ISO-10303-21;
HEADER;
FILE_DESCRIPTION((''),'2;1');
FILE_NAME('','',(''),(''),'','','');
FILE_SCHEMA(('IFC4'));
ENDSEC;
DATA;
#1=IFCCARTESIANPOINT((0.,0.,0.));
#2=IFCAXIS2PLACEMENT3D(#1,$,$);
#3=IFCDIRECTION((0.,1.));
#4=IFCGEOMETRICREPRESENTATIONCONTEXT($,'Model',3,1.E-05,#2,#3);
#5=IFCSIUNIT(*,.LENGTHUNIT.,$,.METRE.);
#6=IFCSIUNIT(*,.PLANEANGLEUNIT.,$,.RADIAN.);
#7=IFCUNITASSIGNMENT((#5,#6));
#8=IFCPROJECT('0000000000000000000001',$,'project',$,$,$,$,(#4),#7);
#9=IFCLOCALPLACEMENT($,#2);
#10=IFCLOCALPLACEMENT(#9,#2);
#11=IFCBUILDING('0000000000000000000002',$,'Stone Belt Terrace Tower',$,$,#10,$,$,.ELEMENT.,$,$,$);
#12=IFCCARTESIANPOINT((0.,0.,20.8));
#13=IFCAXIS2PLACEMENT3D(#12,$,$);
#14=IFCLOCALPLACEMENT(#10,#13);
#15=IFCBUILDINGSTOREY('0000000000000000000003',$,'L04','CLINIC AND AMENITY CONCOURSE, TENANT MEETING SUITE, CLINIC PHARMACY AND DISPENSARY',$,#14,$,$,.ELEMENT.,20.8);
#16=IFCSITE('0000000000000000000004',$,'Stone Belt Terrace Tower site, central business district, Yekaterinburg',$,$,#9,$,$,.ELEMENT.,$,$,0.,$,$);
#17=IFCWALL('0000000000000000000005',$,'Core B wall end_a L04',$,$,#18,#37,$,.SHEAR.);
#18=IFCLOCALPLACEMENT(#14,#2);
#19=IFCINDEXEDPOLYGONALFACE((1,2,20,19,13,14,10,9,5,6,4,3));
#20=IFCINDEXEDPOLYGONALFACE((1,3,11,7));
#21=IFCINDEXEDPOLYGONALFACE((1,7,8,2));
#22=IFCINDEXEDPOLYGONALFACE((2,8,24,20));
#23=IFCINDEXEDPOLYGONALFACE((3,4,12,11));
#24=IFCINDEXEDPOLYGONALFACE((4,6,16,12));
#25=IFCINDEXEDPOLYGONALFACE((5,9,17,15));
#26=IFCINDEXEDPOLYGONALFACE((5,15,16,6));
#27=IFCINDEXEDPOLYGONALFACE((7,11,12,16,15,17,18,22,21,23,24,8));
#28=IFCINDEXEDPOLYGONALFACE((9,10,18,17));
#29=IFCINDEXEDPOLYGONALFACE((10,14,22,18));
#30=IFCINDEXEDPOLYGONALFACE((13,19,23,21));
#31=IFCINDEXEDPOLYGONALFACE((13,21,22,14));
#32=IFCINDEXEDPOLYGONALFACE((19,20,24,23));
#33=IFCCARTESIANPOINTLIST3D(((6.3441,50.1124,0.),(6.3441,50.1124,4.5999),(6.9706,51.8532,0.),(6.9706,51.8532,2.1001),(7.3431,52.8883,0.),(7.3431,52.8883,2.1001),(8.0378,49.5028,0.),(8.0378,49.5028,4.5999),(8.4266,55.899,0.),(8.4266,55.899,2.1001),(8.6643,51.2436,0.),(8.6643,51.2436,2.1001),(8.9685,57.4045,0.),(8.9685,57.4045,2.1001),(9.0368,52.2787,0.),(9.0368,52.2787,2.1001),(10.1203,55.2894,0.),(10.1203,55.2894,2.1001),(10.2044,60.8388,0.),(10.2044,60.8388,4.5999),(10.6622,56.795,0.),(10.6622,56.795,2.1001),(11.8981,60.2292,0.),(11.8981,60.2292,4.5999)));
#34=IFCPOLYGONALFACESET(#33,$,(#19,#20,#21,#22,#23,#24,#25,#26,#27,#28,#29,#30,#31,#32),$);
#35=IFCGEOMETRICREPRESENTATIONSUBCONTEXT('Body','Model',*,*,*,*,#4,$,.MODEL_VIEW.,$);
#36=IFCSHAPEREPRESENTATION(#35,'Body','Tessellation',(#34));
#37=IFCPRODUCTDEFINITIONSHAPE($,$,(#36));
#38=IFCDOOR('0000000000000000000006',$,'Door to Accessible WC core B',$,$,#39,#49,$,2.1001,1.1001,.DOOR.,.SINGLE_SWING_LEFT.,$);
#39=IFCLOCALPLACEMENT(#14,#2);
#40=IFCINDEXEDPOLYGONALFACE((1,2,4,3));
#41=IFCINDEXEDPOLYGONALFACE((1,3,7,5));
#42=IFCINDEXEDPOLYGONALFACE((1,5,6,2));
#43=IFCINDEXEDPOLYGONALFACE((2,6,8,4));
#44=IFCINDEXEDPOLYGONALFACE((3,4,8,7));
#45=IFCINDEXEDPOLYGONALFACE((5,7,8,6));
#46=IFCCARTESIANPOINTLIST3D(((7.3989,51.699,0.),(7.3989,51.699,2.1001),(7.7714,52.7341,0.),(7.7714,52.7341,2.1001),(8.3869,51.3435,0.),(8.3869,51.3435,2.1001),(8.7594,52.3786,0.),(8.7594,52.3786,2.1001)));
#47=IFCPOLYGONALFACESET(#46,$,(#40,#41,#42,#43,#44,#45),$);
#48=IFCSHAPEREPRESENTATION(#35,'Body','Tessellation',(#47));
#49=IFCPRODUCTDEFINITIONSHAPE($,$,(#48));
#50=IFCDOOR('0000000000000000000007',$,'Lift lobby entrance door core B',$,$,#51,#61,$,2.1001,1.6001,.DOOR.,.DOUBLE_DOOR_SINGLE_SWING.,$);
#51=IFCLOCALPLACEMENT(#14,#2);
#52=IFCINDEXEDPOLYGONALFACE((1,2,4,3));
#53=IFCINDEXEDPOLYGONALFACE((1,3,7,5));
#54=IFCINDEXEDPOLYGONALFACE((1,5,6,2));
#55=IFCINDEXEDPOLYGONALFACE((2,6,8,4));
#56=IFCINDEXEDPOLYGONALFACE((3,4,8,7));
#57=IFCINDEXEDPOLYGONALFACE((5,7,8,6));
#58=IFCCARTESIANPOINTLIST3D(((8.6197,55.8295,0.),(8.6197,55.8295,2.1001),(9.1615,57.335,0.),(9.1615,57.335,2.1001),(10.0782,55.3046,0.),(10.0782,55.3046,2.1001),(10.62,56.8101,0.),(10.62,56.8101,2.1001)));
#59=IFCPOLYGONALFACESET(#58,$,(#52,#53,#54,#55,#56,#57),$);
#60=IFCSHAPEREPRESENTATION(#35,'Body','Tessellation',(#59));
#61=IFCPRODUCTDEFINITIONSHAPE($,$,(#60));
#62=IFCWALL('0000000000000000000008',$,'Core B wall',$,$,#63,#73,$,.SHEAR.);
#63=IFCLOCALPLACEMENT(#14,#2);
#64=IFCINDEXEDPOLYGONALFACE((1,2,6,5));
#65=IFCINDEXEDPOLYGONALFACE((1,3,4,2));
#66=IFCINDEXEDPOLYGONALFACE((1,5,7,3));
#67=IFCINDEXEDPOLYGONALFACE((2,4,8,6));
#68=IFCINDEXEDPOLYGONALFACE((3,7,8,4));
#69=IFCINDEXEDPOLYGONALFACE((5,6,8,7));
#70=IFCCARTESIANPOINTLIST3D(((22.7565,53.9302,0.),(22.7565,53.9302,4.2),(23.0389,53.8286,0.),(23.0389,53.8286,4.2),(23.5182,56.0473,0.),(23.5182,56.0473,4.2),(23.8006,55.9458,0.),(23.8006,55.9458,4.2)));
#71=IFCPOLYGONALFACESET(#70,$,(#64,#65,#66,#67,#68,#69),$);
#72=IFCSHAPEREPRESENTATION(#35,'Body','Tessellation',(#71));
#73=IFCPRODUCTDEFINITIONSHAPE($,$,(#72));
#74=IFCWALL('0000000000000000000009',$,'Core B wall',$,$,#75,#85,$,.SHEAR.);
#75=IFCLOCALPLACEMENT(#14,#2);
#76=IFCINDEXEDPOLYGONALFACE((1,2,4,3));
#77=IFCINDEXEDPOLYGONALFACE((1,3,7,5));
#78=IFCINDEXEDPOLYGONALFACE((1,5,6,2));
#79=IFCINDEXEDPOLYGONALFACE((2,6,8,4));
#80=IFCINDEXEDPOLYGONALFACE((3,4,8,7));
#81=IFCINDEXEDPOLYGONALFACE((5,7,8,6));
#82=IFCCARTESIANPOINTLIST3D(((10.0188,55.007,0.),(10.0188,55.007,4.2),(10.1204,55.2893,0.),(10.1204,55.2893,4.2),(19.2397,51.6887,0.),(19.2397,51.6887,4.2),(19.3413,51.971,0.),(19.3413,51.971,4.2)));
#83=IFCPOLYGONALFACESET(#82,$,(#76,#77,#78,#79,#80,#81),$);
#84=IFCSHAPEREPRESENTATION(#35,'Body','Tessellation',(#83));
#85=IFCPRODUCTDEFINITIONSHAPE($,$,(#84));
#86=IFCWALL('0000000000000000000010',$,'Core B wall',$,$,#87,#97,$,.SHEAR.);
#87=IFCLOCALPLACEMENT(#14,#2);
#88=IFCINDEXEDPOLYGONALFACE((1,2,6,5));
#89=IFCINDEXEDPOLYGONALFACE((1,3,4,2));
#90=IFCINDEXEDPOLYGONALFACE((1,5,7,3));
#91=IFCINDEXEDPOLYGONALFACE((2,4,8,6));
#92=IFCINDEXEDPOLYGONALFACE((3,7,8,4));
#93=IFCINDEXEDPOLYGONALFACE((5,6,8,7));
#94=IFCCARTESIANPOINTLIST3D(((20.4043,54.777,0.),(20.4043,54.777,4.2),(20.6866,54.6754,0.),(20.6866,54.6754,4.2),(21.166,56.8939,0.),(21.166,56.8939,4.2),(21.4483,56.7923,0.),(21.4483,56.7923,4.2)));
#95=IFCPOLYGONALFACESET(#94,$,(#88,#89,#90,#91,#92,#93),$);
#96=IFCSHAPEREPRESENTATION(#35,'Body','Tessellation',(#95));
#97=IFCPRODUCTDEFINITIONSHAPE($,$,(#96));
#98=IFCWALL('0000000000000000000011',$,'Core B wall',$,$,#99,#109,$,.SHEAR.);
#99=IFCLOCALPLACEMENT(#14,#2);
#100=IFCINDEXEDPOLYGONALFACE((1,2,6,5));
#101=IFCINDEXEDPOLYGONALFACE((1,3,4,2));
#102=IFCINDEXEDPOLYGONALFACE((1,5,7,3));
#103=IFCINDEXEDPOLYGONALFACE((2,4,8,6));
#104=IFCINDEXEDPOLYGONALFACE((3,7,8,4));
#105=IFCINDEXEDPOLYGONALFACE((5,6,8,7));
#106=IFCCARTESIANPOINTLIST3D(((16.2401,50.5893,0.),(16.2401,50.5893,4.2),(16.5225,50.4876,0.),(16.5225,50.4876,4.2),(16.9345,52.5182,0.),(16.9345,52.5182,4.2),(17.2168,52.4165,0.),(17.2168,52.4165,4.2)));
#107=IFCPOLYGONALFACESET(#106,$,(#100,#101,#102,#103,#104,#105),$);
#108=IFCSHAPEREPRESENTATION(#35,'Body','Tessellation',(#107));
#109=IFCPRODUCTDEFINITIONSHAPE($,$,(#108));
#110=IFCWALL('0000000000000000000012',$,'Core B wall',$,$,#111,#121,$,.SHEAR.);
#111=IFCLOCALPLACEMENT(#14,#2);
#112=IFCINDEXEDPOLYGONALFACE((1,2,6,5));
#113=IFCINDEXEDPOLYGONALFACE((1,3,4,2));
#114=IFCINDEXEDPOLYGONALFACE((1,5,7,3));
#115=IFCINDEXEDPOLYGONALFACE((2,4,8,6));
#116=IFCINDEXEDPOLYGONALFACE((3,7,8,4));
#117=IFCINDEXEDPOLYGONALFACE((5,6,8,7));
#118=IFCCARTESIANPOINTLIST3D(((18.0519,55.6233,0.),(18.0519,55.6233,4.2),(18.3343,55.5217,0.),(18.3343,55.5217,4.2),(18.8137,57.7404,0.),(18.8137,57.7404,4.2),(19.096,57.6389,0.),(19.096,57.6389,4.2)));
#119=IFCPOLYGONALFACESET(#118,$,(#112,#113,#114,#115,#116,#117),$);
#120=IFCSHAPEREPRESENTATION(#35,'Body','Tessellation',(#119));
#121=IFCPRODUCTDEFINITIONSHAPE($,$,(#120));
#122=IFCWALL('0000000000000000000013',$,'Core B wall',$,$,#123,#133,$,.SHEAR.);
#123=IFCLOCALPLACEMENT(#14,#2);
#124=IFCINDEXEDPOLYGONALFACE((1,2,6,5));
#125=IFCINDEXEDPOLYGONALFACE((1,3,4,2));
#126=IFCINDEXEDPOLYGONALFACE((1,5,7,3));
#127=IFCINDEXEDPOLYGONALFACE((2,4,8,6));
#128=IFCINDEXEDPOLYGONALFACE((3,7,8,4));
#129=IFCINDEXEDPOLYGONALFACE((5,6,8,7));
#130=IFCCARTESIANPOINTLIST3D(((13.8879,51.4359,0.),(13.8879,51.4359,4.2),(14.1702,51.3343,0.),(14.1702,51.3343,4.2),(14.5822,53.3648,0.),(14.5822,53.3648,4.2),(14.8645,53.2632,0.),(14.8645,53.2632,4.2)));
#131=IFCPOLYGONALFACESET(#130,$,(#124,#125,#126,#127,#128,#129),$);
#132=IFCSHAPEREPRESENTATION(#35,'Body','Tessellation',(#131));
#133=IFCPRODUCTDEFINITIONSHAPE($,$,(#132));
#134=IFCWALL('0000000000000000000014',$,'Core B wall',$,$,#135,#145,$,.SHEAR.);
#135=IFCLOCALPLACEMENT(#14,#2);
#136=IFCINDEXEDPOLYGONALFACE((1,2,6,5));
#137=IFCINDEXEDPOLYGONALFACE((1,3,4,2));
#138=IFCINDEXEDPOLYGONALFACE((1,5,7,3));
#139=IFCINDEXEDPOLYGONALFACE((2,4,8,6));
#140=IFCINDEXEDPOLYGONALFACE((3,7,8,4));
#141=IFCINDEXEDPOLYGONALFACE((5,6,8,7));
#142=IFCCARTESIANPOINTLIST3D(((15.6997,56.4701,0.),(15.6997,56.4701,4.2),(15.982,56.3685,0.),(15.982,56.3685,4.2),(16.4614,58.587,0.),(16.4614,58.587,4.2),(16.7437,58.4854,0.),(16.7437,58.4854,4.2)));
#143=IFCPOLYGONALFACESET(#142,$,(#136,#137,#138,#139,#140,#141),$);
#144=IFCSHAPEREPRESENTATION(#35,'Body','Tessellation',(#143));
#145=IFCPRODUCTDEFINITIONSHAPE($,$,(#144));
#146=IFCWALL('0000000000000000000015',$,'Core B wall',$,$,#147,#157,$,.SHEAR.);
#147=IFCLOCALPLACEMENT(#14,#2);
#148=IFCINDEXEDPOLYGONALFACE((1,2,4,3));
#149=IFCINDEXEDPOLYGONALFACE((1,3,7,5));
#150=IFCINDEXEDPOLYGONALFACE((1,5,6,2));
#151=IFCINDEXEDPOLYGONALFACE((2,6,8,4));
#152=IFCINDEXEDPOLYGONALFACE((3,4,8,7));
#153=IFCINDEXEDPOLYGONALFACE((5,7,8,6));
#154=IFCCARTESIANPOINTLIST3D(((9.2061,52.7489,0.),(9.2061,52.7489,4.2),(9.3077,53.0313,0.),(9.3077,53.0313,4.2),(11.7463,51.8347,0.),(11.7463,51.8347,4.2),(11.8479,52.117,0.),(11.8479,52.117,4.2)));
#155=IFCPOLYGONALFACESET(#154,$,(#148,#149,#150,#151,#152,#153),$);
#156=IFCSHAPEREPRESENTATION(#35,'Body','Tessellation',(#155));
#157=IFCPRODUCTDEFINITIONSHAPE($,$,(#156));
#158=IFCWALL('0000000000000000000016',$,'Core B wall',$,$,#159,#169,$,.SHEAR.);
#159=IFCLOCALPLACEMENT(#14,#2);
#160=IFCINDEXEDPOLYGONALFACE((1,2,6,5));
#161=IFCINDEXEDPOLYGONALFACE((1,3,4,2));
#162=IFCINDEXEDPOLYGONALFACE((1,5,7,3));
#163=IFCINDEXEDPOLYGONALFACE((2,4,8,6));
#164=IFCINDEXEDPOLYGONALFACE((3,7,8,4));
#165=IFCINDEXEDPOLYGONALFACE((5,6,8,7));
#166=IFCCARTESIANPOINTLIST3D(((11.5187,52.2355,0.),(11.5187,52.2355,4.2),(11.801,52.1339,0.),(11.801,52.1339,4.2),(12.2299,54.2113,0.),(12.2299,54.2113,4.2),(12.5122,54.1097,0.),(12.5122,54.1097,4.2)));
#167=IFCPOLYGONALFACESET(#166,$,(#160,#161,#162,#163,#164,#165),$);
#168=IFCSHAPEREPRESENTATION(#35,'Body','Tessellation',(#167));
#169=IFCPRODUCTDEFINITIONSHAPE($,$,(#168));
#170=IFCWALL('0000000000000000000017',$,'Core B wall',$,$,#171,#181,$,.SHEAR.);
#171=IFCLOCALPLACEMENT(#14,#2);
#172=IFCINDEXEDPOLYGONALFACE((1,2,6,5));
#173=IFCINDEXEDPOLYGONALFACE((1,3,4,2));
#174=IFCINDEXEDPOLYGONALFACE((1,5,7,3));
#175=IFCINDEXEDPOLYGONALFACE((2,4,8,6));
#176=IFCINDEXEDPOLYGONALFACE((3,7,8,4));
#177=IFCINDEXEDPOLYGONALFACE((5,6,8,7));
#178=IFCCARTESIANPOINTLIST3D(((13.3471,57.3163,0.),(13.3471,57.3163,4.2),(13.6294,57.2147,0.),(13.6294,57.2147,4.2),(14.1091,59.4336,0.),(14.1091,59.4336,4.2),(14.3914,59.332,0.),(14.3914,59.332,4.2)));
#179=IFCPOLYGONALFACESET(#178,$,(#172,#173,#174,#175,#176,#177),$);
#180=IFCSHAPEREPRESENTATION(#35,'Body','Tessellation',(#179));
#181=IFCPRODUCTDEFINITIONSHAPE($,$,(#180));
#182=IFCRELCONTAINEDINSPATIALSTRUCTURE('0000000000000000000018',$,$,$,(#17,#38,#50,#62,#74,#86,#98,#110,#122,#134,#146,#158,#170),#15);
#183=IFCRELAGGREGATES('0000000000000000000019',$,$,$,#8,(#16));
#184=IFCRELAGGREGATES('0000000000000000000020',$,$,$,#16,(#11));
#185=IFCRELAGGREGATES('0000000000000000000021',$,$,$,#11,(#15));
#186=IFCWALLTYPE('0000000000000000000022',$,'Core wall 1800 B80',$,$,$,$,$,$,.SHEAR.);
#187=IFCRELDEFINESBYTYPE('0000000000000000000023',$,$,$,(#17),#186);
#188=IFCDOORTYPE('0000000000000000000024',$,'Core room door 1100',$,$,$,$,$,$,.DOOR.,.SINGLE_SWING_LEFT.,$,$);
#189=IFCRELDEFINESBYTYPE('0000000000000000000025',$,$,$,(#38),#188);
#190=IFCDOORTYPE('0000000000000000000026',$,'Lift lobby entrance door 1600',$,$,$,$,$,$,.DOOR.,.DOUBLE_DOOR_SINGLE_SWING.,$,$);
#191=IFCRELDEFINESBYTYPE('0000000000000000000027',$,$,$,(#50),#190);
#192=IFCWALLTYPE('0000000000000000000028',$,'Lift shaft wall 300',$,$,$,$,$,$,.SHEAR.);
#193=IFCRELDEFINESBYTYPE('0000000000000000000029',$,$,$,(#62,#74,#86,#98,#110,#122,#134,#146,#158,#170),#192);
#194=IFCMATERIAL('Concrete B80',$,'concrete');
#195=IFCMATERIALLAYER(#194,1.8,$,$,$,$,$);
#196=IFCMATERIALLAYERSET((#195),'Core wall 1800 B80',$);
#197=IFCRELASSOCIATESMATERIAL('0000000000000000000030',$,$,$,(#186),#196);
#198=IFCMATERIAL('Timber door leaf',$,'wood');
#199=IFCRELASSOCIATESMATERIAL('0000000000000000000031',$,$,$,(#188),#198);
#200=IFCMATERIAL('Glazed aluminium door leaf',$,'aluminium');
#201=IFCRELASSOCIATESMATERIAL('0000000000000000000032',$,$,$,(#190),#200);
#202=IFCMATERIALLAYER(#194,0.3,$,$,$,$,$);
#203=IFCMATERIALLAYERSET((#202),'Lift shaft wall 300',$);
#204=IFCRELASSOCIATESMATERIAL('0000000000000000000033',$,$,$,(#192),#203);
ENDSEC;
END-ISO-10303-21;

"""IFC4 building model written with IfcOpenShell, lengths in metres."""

from ifc_helpers import new_model, si_unit, direction, frame, frame_2d, origin, place, context, subcontext, project, spatial, rectangle, extrude, material, layer, layer_set, type_object, element, fill, save


model = new_model("IFC4")

# Units and contexts
model_context = context("Model", 3, precision=1e-05, world=origin(), true_north=direction((0.0, 1.0)))
body_context = subcontext(model_context, "Body", "Model", "MODEL_VIEW")
ifc_project = project(units=[si_unit("LENGTHUNIT", "METRE"), si_unit("PLANEANGLEUNIT", "RADIAN")], contexts=[model_context])

# Site, building, storey
site_placement = place(None, origin())
site = spatial("IfcSite", under=ifc_project, at=site_placement, Name="Stone Belt Terrace Tower site, central business district, Yekaterinburg", CompositionType="ELEMENT", RefElevation=0.0)
building_placement = place(site_placement, origin())
building = spatial("IfcBuilding", under=site, at=building_placement, Name="Stone Belt Terrace Tower", CompositionType="ELEMENT")
storey_placement = place(building_placement, frame((0.0, 0.0, 20.8)))
storey = spatial("IfcBuildingStorey", under=building, at=storey_placement, Name="L04", Description="CLINIC AND AMENITY CONCOURSE, TENANT MEETING SUITE, CLINIC PHARMACY AND DISPENSARY", CompositionType="ELEMENT", Elevation=20.8)

# Shared definitions
ifc_material_1 = material(Name="Concrete B80", Category="concrete")

# Shared definitions
ifc_material_2 = material(Name="Glazed aluminium door leaf", Category="aluminium")

# Shared definitions
ifc_layer_1 = layer(ifc_material_1, 1.8)
ifc_layer_set_1 = layer_set([ifc_layer_1], Name="Core wall 1800 B80")
wall_type_1 = type_object("IfcWallType", Name="Core wall 1800 B80", PredefinedType="SHEAR", material=ifc_layer_set_1)
ifc_material_3 = material(Name="Timber door leaf", Category="wood")
door_type_1 = type_object("IfcDoorType", Name="Core room door 1100", OperationType="SINGLE_SWING_LEFT", PredefinedType="DOOR", material=ifc_material_3)

# Wall, openings, doors
wall_1_placement = place(storey_placement, frame((7.1909, 49.8076, 0.0), z_axis=(0.0, 0.0, 1.0), x_axis=(0.338632, 0.940919, 0.0)))
wall_1 = element("IfcWall", 1, at=wall_1_placement, inside=storey, type_object=wall_type_1, Name="Core B wall end_a L04", PredefinedType="SHEAR", context=body_context, shape_type="SweptSolid", body=[
    extrude(rectangle(XDim=11.3999, YDim=1.8, at=frame_2d((5.7, 0.0))), origin(), (0.0, 0.0, 1.0), 4.5999),
])
opening_1_placement = place(wall_1_placement, frame((6.1499, 0.0, 0.0)))
opening_1 = element("IfcOpeningElement", 2, at=opening_1_placement, cuts=wall_1, PredefinedType="OPENING", context=body_context, shape_type="SweptSolid", body=[
    extrude(rectangle(XDim=1.6001, YDim=2.1001, at=frame_2d((0.8, 1.05))), frame((0.0, 0.9099, 0.0), z_axis=(0.0, -1.0, 0.0), x_axis=(1.0, 0.0, 0.0)), (0.0, 0.0, 1.0), 1.8201),
])
opening_2_placement = place(wall_1_placement, frame((1.8501, 0.0, 0.0)))
opening_2 = element("IfcOpeningElement", 3, at=opening_2_placement, cuts=wall_1, PredefinedType="OPENING", context=body_context, shape_type="SweptSolid", body=[
    extrude(rectangle(XDim=1.1001, YDim=2.1001, at=frame_2d((0.55, 1.05))), frame((0.0, 0.9099, 0.0), z_axis=(0.0, -1.0, 0.0), x_axis=(1.0, 0.0, 0.0)), (0.0, 0.0, 1.0), 1.8201),
])
door_1_placement = place(opening_2_placement, origin())
door_1 = element("IfcDoor", 4, at=door_1_placement, inside=storey, type_object=door_type_1, Name="Door to Accessible WC core B", OperationType="SINGLE_SWING_LEFT", OverallHeight=2.1001, OverallWidth=1.1001, PredefinedType="DOOR", context=body_context, shape_type="SweptSolid", body=[
    extrude(rectangle(XDim=1.1001, YDim=2.1001, at=frame_2d((0.55, 1.05))), frame((0.0, 0.4448, 0.0), z_axis=(0.0, -1.0, 0.0), x_axis=(1.0, 0.0, 0.0)), (0.0, 0.0, 1.0), 1.05),
])
fill(opening_2, door_1)
door_type_2 = type_object("IfcDoorType", Name="Lift lobby entrance door 1600", OperationType="DOUBLE_DOOR_SINGLE_SWING", PredefinedType="DOOR", material=ifc_material_2)
door_2_placement = place(opening_1_placement, origin())
door_2 = element("IfcDoor", 5, at=door_2_placement, inside=storey, type_object=door_type_2, Name="Lift lobby entrance door core B", OperationType="DOUBLE_DOOR_SINGLE_SWING", OverallHeight=2.1001, OverallWidth=1.6001, PredefinedType="DOOR", context=body_context, shape_type="SweptSolid", body=[
    extrude(rectangle(XDim=1.6001, YDim=2.1001, at=frame_2d((0.8, 1.05))), frame((0.0, 0.6948, 0.0), z_axis=(0.0, -1.0, 0.0), x_axis=(1.0, 0.0, 0.0)), (0.0, 0.0, 1.0), 1.55),
])
fill(opening_1, door_2)

# Walls
ifc_layer_2 = layer(ifc_material_1, 0.3)
ifc_layer_set_2 = layer_set([ifc_layer_2], Name="Lift shaft wall 300")
wall_type_2 = type_object("IfcWallType", Name="Lift shaft wall 300", PredefinedType="SHEAR", material=ifc_layer_set_2)
wall_2_placement = place(storey_placement, frame((22.8977, 53.8794, 0.0), z_axis=(0.0, 0.0, 1.0), x_axis=(0.338535, 0.940954, 0.0)))
element("IfcWall", 6, at=wall_2_placement, inside=storey, type_object=wall_type_2, Name="Core B wall", PredefinedType="SHEAR", context=body_context, shape_type="SweptSolid", body=[
    extrude(rectangle(XDim=2.25, YDim=0.3, at=frame_2d((1.125, 0.0))), origin(), (0.0, 0.0, 1.0), 4.2),
])
wall_3_placement = place(storey_placement, frame((19.2905, 51.8298, 0.0), z_axis=(0.0, 0.0, 1.0), x_axis=(-0.940926, 0.338613, 0.0)))
element("IfcWall", 7, at=wall_3_placement, inside=storey, type_object=wall_type_2, Name="Core B wall", PredefinedType="SHEAR", context=body_context, shape_type="SweptSolid", body=[
    extrude(rectangle(XDim=9.7998, YDim=0.3, at=frame_2d((4.8999, 0.0))), origin(), (0.0, 0.0, 1.0), 4.2),
])
wall_4_placement = place(storey_placement, frame((20.5454, 54.7261, 0.0), z_axis=(0.0, 0.0, 1.0), x_axis=(0.33857, 0.940941, 0.0)))
element("IfcWall", 8, at=wall_4_placement, inside=storey, type_object=wall_type_2, Name="Core B wall", PredefinedType="SHEAR", context=body_context, shape_type="SweptSolid", body=[
    extrude(rectangle(XDim=2.2498, YDim=0.3, at=frame_2d((1.125, 0.0))), origin(), (0.0, 0.0, 1.0), 4.2),
])
wall_5_placement = place(storey_placement, frame((16.3813, 50.5386, 0.0), z_axis=(0.0, 0.0, 1.0), x_axis=(0.338682, 0.940901, 0.0)))
element("IfcWall", 9, at=wall_5_placement, inside=storey, type_object=wall_type_2, Name="Core B wall", PredefinedType="SHEAR", context=body_context, shape_type="SweptSolid", body=[
    extrude(rectangle(XDim=2.05, YDim=0.3, at=frame_2d((1.0249, 0.0))), origin(), (0.0, 0.0, 1.0), 4.2),
])
wall_6_placement = place(storey_placement, frame((18.1931, 55.5725, 0.0), z_axis=(0.0, 0.0, 1.0), x_axis=(0.338535, 0.940954, 0.0)))
element("IfcWall", 10, at=wall_6_placement, inside=storey, type_object=wall_type_2, Name="Core B wall", PredefinedType="SHEAR", context=body_context, shape_type="SweptSolid", body=[
    extrude(rectangle(XDim=2.25, YDim=0.3, at=frame_2d((1.125, 0.0))), origin(), (0.0, 0.0, 1.0), 4.2),
])
wall_7_placement = place(storey_placement, frame((14.0291, 51.3853, 0.0), z_axis=(0.0, 0.0, 1.0), x_axis=(0.338682, 0.940901, 0.0)))
element("IfcWall", 11, at=wall_7_placement, inside=storey, type_object=wall_type_2, Name="Core B wall", PredefinedType="SHEAR", context=body_context, shape_type="SweptSolid", body=[
    extrude(rectangle(XDim=2.05, YDim=0.3, at=frame_2d((1.0249, 0.0))), origin(), (0.0, 0.0, 1.0), 4.2),
])
wall_8_placement = place(storey_placement, frame((15.8408, 56.4192, 0.0), z_axis=(0.0, 0.0, 1.0), x_axis=(0.33857, 0.940941, 0.0)))
element("IfcWall", 12, at=wall_8_placement, inside=storey, type_object=wall_type_2, Name="Core B wall", PredefinedType="SHEAR", context=body_context, shape_type="SweptSolid", body=[
    extrude(rectangle(XDim=2.2498, YDim=0.3, at=frame_2d((1.125, 0.0))), origin(), (0.0, 0.0, 1.0), 4.2),
])
wall_9_placement = place(storey_placement, frame((11.7971, 51.9758, 0.0), z_axis=(0.0, 0.0, 1.0), x_axis=(-0.94091, 0.338655, 0.0)))
element("IfcWall", 13, at=wall_9_placement, inside=storey, type_object=wall_type_2, Name="Core B wall", PredefinedType="SHEAR", context=body_context, shape_type="SweptSolid", body=[
    extrude(rectangle(XDim=2.6997, YDim=0.3, at=frame_2d((1.3499, 0.0))), origin(), (0.0, 0.0, 1.0), 4.2),
])
wall_10_placement = place(storey_placement, frame((11.6599, 52.1848, 0.0), z_axis=(0.0, 0.0, 1.0), x_axis=(0.33867, 0.940905, 0.0)))
element("IfcWall", 14, at=wall_10_placement, inside=storey, type_object=wall_type_2, Name="Core B wall", PredefinedType="SHEAR", context=body_context, shape_type="SweptSolid", body=[
    extrude(rectangle(XDim=2.0999, YDim=0.3, at=frame_2d((1.0498, 0.0))), origin(), (0.0, 0.0, 1.0), 4.2),
])
wall_11_placement = place(storey_placement, frame((13.4883, 57.2656, 0.0), z_axis=(0.0, 0.0, 1.0), x_axis=(0.338631, 0.940919, 0.0)))
element("IfcWall", 15, at=wall_11_placement, inside=storey, type_object=wall_type_2, Name="Core B wall", PredefinedType="SHEAR", context=body_context, shape_type="SweptSolid", body=[
    extrude(rectangle(XDim=2.2502, YDim=0.3, at=frame_2d((1.125, 0.0))), origin(), (0.0, 0.0, 1.0), 4.2),
])

save(model, "model.ifc")
